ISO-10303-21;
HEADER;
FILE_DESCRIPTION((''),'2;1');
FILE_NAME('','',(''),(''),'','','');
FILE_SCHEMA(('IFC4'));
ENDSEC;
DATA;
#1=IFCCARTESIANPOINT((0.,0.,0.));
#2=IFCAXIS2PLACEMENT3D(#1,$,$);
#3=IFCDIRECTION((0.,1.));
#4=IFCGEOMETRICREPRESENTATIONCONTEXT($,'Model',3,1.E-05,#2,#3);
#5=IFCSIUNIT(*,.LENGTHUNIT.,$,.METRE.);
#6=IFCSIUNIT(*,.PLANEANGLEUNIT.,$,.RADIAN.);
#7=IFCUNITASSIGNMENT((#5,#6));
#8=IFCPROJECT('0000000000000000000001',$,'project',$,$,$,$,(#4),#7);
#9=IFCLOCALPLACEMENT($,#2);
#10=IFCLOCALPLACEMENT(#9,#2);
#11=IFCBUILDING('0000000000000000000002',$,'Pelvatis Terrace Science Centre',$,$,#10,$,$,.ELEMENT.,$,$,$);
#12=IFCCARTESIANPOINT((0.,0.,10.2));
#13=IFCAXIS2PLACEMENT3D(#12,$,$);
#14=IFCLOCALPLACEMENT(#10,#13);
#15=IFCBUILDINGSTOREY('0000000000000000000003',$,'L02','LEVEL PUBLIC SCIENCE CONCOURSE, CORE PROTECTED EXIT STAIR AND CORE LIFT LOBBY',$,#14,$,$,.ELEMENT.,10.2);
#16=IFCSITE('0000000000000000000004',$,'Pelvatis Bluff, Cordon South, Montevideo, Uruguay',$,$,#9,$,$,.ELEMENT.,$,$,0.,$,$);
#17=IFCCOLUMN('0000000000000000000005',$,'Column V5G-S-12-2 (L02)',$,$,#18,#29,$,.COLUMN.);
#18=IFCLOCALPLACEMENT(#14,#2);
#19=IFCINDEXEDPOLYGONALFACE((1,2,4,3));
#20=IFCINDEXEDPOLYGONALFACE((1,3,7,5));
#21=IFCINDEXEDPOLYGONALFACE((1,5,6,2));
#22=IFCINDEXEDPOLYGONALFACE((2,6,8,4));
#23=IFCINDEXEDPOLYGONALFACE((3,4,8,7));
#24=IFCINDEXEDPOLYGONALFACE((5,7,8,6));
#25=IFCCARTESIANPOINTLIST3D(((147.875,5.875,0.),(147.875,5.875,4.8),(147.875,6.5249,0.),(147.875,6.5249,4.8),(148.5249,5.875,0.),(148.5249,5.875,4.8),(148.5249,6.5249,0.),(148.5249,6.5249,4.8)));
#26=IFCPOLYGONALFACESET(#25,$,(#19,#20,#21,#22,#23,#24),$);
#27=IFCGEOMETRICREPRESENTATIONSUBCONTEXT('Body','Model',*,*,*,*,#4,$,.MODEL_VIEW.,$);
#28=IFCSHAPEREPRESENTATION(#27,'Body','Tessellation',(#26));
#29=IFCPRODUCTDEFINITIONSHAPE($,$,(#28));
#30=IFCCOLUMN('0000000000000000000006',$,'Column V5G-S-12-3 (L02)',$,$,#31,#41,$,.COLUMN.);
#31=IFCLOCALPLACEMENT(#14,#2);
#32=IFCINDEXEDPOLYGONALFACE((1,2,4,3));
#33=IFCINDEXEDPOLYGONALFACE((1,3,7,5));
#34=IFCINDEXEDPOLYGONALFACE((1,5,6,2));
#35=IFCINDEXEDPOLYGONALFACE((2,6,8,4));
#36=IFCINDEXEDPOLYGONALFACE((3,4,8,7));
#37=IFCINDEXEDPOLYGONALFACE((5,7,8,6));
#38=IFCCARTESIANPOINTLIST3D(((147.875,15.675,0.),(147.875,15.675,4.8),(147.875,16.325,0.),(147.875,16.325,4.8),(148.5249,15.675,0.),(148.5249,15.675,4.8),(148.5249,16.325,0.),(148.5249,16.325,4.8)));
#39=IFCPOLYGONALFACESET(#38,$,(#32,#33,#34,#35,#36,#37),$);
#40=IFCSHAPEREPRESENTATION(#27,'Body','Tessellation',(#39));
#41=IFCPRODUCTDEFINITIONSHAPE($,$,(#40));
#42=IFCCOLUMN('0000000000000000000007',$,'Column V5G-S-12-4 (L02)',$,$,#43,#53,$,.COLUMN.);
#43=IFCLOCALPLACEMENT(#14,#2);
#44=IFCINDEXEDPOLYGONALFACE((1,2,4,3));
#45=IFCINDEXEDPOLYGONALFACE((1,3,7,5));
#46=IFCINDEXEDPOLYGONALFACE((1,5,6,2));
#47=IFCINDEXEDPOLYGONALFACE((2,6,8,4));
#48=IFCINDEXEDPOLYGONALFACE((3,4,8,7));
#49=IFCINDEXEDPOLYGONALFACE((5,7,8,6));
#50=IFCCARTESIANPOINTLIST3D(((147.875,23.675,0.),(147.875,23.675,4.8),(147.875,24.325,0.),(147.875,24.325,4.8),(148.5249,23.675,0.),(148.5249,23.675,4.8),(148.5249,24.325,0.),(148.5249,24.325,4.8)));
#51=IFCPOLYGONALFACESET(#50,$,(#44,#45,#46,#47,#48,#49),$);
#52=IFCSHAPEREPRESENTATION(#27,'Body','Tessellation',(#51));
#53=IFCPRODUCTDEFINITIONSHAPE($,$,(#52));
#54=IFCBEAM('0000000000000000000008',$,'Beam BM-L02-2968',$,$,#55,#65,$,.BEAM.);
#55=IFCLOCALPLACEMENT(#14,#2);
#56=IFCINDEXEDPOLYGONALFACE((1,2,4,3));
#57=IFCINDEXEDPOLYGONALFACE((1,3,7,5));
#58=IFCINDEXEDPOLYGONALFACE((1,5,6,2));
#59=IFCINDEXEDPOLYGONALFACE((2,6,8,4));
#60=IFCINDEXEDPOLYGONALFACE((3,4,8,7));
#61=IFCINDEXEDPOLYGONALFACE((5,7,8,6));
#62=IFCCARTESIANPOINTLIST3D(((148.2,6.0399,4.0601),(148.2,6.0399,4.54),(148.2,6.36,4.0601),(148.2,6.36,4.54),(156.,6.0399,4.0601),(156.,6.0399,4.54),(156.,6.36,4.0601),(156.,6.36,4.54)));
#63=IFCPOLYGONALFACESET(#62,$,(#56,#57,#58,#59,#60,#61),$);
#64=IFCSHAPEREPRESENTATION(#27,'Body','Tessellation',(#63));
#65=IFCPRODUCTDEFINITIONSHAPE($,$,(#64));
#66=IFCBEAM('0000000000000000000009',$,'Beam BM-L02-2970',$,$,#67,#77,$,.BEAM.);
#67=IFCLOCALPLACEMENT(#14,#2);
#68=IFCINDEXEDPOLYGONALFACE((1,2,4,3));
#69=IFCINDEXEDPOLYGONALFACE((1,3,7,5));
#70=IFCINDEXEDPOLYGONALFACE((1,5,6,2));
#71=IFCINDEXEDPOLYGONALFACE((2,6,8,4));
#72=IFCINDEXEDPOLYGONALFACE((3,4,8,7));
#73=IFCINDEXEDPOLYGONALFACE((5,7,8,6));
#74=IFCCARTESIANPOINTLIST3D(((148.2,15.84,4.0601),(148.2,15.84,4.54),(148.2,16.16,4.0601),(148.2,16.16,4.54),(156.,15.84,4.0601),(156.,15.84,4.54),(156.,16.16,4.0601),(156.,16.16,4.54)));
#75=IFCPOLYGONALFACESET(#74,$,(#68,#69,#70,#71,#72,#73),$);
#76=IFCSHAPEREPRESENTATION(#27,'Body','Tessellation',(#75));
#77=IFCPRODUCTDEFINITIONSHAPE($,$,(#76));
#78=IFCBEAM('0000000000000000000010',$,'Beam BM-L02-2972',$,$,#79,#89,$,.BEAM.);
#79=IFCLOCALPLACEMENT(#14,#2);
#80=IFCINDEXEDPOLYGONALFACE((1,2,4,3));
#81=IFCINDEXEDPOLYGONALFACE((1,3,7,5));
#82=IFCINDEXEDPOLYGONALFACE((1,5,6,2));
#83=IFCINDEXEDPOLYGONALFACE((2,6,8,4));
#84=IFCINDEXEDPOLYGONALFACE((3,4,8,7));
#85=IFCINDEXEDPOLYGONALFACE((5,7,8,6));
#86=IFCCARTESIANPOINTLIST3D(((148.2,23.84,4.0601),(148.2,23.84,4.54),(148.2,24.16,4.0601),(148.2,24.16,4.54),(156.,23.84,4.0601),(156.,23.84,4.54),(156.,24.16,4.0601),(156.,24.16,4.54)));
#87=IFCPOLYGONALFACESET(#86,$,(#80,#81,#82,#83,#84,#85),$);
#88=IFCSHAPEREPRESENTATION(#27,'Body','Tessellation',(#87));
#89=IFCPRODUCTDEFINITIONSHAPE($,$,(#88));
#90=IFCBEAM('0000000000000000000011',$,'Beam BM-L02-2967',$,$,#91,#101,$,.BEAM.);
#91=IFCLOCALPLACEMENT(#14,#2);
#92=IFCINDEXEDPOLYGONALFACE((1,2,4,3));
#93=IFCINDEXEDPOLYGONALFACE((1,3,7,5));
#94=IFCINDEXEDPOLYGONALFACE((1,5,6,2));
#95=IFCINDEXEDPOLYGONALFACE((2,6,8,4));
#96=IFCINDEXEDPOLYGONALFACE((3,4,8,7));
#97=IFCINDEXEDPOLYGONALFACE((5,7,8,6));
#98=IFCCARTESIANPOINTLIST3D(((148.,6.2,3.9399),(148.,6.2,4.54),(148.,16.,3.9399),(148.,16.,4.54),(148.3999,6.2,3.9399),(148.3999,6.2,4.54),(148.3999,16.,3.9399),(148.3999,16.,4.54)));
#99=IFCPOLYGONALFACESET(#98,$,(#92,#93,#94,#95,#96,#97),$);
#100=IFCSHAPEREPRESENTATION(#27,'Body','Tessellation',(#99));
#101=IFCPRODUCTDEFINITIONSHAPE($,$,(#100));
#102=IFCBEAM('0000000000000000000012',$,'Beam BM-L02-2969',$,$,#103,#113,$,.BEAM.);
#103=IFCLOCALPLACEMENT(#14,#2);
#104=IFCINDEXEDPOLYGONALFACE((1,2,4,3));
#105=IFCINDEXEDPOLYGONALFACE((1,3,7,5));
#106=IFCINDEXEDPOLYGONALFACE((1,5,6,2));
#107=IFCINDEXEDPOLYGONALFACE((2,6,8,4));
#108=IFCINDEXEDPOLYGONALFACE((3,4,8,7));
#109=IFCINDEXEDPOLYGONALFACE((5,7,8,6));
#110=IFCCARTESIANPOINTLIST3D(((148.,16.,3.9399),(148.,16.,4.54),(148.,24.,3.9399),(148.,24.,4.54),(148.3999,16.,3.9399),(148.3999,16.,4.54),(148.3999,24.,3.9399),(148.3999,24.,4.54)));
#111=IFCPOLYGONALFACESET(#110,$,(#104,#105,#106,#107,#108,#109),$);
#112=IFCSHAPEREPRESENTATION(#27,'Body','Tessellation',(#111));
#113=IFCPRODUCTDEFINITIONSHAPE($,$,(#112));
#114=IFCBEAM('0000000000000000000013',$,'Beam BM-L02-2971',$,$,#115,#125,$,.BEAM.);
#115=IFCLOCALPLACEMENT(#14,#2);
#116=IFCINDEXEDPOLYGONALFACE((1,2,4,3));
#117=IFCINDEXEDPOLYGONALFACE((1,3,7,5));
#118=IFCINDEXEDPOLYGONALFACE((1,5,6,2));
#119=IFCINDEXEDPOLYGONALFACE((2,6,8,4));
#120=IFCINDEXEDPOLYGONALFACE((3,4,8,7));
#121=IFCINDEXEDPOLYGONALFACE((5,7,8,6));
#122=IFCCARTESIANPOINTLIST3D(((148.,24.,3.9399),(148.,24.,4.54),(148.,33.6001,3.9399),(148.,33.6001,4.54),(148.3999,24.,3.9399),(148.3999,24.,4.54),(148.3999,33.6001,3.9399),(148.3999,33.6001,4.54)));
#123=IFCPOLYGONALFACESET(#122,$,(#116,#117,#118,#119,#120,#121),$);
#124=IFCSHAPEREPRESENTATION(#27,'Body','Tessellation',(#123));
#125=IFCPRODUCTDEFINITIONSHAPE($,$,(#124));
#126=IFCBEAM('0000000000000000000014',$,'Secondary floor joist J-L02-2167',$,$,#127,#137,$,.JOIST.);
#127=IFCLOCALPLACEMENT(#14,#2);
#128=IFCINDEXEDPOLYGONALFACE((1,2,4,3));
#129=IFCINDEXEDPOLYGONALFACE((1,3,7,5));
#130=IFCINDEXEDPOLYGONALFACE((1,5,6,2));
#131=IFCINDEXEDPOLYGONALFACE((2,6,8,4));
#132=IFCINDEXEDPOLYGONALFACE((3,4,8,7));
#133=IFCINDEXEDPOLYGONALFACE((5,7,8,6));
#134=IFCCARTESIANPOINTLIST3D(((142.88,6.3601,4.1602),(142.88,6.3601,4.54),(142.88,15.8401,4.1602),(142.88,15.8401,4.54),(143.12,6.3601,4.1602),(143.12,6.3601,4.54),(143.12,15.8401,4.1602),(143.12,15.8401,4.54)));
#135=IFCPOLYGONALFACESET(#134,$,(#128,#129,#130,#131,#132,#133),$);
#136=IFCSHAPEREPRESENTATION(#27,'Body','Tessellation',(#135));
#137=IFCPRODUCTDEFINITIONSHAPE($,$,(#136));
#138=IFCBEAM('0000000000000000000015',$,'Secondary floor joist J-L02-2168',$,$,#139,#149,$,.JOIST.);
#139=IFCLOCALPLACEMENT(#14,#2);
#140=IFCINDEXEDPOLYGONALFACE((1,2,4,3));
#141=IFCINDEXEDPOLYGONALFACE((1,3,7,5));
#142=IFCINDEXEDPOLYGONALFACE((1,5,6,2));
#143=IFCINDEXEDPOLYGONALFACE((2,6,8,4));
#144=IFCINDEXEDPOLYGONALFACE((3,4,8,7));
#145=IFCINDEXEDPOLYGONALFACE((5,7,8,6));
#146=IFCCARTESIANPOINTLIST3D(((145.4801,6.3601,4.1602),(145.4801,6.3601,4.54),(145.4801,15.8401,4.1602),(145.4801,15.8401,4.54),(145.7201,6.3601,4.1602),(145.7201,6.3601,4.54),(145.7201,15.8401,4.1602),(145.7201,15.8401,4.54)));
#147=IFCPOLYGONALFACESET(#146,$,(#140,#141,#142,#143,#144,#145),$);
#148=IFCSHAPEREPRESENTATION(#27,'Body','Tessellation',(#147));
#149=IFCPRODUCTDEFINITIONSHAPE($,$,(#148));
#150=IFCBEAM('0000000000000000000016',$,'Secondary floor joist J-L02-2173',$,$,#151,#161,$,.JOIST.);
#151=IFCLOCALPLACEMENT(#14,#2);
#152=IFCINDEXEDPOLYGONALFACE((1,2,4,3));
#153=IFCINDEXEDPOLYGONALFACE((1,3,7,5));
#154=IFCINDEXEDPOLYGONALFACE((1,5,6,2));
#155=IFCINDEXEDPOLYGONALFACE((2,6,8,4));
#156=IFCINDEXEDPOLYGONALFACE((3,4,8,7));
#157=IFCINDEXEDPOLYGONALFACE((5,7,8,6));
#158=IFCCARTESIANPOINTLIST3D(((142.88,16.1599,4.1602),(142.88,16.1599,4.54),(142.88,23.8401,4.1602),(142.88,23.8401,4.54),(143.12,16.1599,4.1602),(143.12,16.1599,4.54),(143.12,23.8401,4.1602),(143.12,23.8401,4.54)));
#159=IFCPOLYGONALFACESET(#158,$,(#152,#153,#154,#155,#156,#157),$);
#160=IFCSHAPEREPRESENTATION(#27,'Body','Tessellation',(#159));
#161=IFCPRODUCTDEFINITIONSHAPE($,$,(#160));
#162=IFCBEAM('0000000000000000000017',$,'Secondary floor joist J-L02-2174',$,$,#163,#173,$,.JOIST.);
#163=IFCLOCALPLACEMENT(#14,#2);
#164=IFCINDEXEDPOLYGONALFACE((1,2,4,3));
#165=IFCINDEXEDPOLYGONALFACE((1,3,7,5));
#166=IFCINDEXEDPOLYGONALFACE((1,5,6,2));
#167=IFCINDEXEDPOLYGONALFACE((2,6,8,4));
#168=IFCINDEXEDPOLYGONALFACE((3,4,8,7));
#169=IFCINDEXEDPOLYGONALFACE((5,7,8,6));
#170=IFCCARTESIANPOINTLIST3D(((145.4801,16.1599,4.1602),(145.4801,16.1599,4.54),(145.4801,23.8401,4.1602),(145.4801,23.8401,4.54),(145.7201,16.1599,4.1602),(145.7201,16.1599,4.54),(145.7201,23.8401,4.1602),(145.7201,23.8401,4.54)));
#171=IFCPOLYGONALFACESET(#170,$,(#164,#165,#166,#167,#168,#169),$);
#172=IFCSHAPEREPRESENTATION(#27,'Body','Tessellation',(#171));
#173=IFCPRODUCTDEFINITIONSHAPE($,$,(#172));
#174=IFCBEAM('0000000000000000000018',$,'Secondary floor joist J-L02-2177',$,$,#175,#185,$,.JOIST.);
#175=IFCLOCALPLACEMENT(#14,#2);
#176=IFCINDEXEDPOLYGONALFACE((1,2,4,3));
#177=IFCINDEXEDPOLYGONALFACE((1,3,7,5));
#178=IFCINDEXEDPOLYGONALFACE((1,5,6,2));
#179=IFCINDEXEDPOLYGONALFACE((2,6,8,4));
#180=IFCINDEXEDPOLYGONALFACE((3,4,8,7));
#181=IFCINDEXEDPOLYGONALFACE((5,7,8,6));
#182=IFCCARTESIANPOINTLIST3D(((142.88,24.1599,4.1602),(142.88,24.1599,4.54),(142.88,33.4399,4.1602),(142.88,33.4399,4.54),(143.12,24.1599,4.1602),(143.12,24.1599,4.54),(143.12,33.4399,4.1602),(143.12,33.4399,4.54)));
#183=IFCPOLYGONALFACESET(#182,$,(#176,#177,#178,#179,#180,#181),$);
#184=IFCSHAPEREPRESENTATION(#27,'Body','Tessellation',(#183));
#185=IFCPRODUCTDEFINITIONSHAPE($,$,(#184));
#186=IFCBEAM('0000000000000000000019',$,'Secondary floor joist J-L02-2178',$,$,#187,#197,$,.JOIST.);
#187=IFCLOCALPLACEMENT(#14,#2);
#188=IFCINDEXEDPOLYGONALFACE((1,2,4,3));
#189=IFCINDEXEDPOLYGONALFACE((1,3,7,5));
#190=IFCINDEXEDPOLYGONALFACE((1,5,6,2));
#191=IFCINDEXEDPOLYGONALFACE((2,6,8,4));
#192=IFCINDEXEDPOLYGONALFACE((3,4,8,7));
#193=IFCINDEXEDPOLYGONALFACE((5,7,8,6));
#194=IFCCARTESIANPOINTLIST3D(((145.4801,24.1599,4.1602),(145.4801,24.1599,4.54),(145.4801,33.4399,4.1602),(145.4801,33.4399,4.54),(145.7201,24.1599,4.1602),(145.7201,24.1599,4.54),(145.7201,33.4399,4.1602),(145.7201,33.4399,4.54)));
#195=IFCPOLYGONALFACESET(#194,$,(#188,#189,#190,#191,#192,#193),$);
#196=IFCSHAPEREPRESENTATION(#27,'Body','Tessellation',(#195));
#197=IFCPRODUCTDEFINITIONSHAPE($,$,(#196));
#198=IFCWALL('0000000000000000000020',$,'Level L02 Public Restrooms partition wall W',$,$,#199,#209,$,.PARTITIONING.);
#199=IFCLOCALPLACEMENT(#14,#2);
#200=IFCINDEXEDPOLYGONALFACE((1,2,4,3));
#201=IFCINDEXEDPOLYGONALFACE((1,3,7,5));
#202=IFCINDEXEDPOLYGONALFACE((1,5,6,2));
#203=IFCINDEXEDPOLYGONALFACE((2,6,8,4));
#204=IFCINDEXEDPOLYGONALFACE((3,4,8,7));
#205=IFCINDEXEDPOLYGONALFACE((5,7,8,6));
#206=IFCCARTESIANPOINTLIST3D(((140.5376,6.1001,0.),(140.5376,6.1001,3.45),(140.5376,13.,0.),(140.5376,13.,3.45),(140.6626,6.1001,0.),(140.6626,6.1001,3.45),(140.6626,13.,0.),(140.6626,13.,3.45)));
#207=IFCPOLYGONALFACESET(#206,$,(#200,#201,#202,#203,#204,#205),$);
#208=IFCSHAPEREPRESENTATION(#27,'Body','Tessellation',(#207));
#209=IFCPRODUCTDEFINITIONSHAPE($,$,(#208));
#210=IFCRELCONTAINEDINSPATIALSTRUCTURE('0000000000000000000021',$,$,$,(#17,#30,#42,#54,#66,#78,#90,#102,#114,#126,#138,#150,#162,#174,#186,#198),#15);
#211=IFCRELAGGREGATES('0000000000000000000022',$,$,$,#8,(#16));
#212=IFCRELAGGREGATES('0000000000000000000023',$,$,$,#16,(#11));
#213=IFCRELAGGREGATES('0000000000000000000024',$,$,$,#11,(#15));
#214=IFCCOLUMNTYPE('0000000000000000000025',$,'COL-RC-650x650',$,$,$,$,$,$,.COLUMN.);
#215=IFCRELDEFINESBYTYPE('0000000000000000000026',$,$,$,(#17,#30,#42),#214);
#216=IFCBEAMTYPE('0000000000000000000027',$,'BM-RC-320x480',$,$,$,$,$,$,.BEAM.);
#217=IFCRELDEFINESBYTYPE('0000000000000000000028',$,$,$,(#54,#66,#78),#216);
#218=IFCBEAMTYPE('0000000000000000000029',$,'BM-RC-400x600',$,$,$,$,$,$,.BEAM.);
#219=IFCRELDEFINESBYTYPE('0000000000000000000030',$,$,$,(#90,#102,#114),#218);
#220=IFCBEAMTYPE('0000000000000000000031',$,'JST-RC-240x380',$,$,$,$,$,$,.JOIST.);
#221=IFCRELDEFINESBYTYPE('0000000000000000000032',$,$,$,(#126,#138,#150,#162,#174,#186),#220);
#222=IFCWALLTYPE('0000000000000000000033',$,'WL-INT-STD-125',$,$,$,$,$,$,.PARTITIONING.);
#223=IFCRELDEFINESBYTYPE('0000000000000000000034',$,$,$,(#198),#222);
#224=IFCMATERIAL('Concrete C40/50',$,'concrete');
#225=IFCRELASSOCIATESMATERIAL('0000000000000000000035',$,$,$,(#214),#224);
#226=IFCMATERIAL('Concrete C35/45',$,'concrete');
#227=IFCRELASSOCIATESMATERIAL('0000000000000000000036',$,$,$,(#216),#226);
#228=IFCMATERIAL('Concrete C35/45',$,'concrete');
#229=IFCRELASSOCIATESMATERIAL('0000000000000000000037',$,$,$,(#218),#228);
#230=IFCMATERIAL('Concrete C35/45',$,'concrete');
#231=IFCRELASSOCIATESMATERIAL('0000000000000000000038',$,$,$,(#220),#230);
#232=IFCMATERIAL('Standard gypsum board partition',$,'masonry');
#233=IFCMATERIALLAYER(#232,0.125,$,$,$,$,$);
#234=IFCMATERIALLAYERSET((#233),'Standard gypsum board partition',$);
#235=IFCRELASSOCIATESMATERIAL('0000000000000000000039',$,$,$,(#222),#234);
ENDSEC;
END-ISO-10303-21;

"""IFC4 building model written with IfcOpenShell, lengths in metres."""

from ifc_helpers import new_model, si_unit, direction, frame, frame_2d, origin, origin_2d, place, context, subcontext, project, spatial, rectangle, extrude, material, layer, layer_set, material_profile, profile_set, type_object, element, save


model = new_model("IFC4")

# Units and contexts
model_context = context("Model", 3, precision=1e-05, world=origin(), true_north=direction((0.0, 1.0)))
body_context = subcontext(model_context, "Body", "Model", "MODEL_VIEW")
ifc_project = project(units=[si_unit("LENGTHUNIT", "METRE"), si_unit("PLANEANGLEUNIT", "RADIAN")], contexts=[model_context])

# Site, building, storey
site_placement = place(None, origin())
site = spatial("IfcSite", under=ifc_project, at=site_placement, Name="Pelvatis Bluff, Cordon South, Montevideo, Uruguay", CompositionType="ELEMENT", RefElevation=0.0)
building_placement = place(site_placement, origin())
building = spatial("IfcBuilding", under=site, at=building_placement, Name="Pelvatis Terrace Science Centre", CompositionType="ELEMENT")
storey_placement = place(building_placement, frame((0.0, 0.0, 10.2)))
storey = spatial("IfcBuildingStorey", under=building, at=storey_placement, Name="L02", Description="LEVEL PUBLIC SCIENCE CONCOURSE, CORE PROTECTED EXIT STAIR AND CORE LIFT LOBBY", CompositionType="ELEMENT", Elevation=10.2)

# Columns
ifc_material_1 = material(Name="Concrete C40/50", Category="concrete")
ifc_material_profile_1 = material_profile(ifc_material_1, rectangle(XDim=0.6499, YDim=0.6499, at=origin_2d()), Name="RC-COL 650x650")
ifc_profile_set_1 = profile_set([ifc_material_profile_1], Name="Concrete C40/50")
column_type = type_object("IfcColumnType", Name="COL-RC-650x650", PredefinedType="COLUMN", material=ifc_profile_set_1)
for number, where, z_axis, x_axis, name in (
    (1, (148.2, 6.2, 0.0), (0.0, 0.0, 1.0), (1.0, 0.0, 0.0), "Column V5G-S-12-2 (L02)"),
    (2, (148.2, 16.0, 0.0), (0.0, 0.0, 1.0), (1.0, 0.0, 0.0), "Column V5G-S-12-3 (L02)"),
    (3, (148.2, 24.0, 0.0), (0.0, 0.0, 1.0), (1.0, 0.0, 0.0), "Column V5G-S-12-4 (L02)"),
):
    element("IfcColumn", number, at=place(storey_placement, frame(where, z_axis=z_axis, x_axis=x_axis)), inside=storey, type_object=column_type, Name=name, PredefinedType="COLUMN", context=body_context, shape_type="SweptSolid", body=[
        extrude(rectangle(XDim=0.6499, YDim=0.6499, at=origin_2d()), origin(), (0.0, 0.0, 1.0), 4.8),
    ])

# Beams
ifc_material_2 = material(Name="Concrete C35/45", Category="concrete")
ifc_material_profile_2 = material_profile(ifc_material_2, rectangle(XDim=0.3201, YDim=0.48, at=origin_2d()), Name="RC-BM 320x480")
ifc_profile_set_2 = profile_set([ifc_material_profile_2], Name="Concrete C35/45")
beam_type_1 = type_object("IfcBeamType", Name="BM-RC-320x480", PredefinedType="BEAM", material=ifc_profile_set_2)
for number, where, z_axis, x_axis, name in (
    (4, (148.2, 6.2, 4.3), (1.0, 0.0, 0.0), (0.0, 1.0, 0.0), "Beam BM-L02-2968"),
    (5, (148.2, 16.0, 4.3), (1.0, 0.0, 0.0), (0.0, 1.0, 0.0), "Beam BM-L02-2970"),
    (6, (148.2, 24.0, 4.3), (1.0, 0.0, 0.0), (0.0, 1.0, 0.0), "Beam BM-L02-2972"),
):
    element("IfcBeam", number, at=place(storey_placement, frame(where, z_axis=z_axis, x_axis=x_axis)), inside=storey, type_object=beam_type_1, Name=name, PredefinedType="BEAM", context=body_context, shape_type="SweptSolid", body=[
        extrude(rectangle(XDim=0.3201, YDim=0.48, at=origin_2d()), origin(), (0.0, 0.0, 1.0), 7.8),
    ])
ifc_material_3 = material(Name="Concrete C35/45", Category="concrete")
ifc_material_profile_3 = material_profile(ifc_material_3, rectangle(XDim=0.3999, YDim=0.6001, at=origin_2d()), Name="RC-BM 400x600")
ifc_profile_set_3 = profile_set([ifc_material_profile_3], Name="Concrete C35/45")
beam_type_2 = type_object("IfcBeamType", Name="BM-RC-400x600", PredefinedType="BEAM", material=ifc_profile_set_3)
beam_1_placement = place(storey_placement, frame((148.2, 6.2, 4.24), z_axis=(0.0, 1.0, 0.0), x_axis=(-1.0, 0.0, 0.0)))
element("IfcBeam", 7, at=beam_1_placement, inside=storey, type_object=beam_type_2, Name="Beam BM-L02-2967", PredefinedType="BEAM", context=body_context, shape_type="SweptSolid", body=[
    extrude(rectangle(XDim=0.3999, YDim=0.6001, at=origin_2d()), origin(), (0.0, 0.0, 1.0), 9.8),
])
beam_2_placement = place(storey_placement, frame((148.2, 16.0, 4.24), z_axis=(0.0, 1.0, 0.0), x_axis=(-1.0, 0.0, 0.0)))
element("IfcBeam", 8, at=beam_2_placement, inside=storey, type_object=beam_type_2, Name="Beam BM-L02-2969", PredefinedType="BEAM", context=body_context, shape_type="SweptSolid", body=[
    extrude(rectangle(XDim=0.3999, YDim=0.6001, at=origin_2d()), origin(), (0.0, 0.0, 1.0), 8.0),
])
beam_3_placement = place(storey_placement, frame((148.2, 24.0, 4.24), z_axis=(0.0, 1.0, 0.0), x_axis=(-1.0, 0.0, 0.0)))
element("IfcBeam", 9, at=beam_3_placement, inside=storey, type_object=beam_type_2, Name="Beam BM-L02-2971", PredefinedType="BEAM", context=body_context, shape_type="SweptSolid", body=[
    extrude(rectangle(XDim=0.3999, YDim=0.6001, at=origin_2d()), origin(), (0.0, 0.0, 1.0), 9.6001),
])
ifc_material_4 = material(Name="Concrete C35/45", Category="concrete")
ifc_material_profile_4 = material_profile(ifc_material_4, rectangle(XDim=0.24, YDim=0.3799, at=origin_2d()), Name="RC-JST 240x380")
ifc_profile_set_4 = profile_set([ifc_material_profile_4], Name="Concrete C35/45")
beam_type_3 = type_object("IfcBeamType", Name="JST-RC-240x380", PredefinedType="JOIST", material=ifc_profile_set_4)
for number, where, z_axis, x_axis, name in (
    (10, (143.0, 6.3601, 4.3501), (0.0, 1.0, 0.0), (-1.0, 0.0, 0.0), "Secondary floor joist J-L02-2167"),
    (11, (145.6001, 6.3601, 4.3501), (0.0, 1.0, 0.0), (-1.0, 0.0, 0.0), "Secondary floor joist J-L02-2168"),
):
    element("IfcBeam", number, at=place(storey_placement, frame(where, z_axis=z_axis, x_axis=x_axis)), inside=storey, type_object=beam_type_3, Name=name, PredefinedType="JOIST", context=body_context, shape_type="SweptSolid", body=[
        extrude(rectangle(XDim=0.24, YDim=0.3799, at=origin_2d()), origin(), (0.0, 0.0, 1.0), 9.48),
    ])
for number, where, z_axis, x_axis, name in (
    (12, (143.0, 16.1599, 4.3501), (0.0, 1.0, 0.0), (-1.0, 0.0, 0.0), "Secondary floor joist J-L02-2173"),
    (13, (145.6001, 16.1599, 4.3501), (0.0, 1.0, 0.0), (-1.0, 0.0, 0.0), "Secondary floor joist J-L02-2174"),
):
    element("IfcBeam", number, at=place(storey_placement, frame(where, z_axis=z_axis, x_axis=x_axis)), inside=storey, type_object=beam_type_3, Name=name, PredefinedType="JOIST", context=body_context, shape_type="SweptSolid", body=[
        extrude(rectangle(XDim=0.24, YDim=0.3799, at=origin_2d()), origin(), (0.0, 0.0, 1.0), 7.6802),
    ])
for number, where, z_axis, x_axis, name in (
    (14, (143.0, 24.1599, 4.3501), (0.0, 1.0, 0.0), (-1.0, 0.0, 0.0), "Secondary floor joist J-L02-2177"),
    (15, (145.6001, 24.1599, 4.3501), (0.0, 1.0, 0.0), (-1.0, 0.0, 0.0), "Secondary floor joist J-L02-2178"),
):
    element("IfcBeam", number, at=place(storey_placement, frame(where, z_axis=z_axis, x_axis=x_axis)), inside=storey, type_object=beam_type_3, Name=name, PredefinedType="JOIST", context=body_context, shape_type="SweptSolid", body=[
        extrude(rectangle(XDim=0.24, YDim=0.3799, at=origin_2d()), origin(), (0.0, 0.0, 1.0), 9.28),
    ])

# Wall
ifc_material_5 = material(Name="Standard gypsum board partition", Category="masonry")
ifc_layer_1 = layer(ifc_material_5, 0.125)
ifc_layer_set_1 = layer_set([ifc_layer_1], Name="Standard gypsum board partition")
wall_type = type_object("IfcWallType", Name="WL-INT-STD-125", PredefinedType="PARTITIONING", material=ifc_layer_set_1)
wall_placement = place(storey_placement, frame((140.6001, 13.0, 0.0), z_axis=(0.0, 0.0, 1.0), x_axis=(0.0, -1.0, 0.0)))
element("IfcWall", 16, at=wall_placement, inside=storey, type_object=wall_type, Name="Level L02 Public Restrooms partition wall W", PredefinedType="PARTITIONING", context=body_context, shape_type="SweptSolid", body=[
    extrude(rectangle(XDim=6.8999, YDim=0.125, at=frame_2d((3.45, 0.0))), origin(), (0.0, 0.0, 1.0), 3.45),
])

save(model, "model.ifc")
